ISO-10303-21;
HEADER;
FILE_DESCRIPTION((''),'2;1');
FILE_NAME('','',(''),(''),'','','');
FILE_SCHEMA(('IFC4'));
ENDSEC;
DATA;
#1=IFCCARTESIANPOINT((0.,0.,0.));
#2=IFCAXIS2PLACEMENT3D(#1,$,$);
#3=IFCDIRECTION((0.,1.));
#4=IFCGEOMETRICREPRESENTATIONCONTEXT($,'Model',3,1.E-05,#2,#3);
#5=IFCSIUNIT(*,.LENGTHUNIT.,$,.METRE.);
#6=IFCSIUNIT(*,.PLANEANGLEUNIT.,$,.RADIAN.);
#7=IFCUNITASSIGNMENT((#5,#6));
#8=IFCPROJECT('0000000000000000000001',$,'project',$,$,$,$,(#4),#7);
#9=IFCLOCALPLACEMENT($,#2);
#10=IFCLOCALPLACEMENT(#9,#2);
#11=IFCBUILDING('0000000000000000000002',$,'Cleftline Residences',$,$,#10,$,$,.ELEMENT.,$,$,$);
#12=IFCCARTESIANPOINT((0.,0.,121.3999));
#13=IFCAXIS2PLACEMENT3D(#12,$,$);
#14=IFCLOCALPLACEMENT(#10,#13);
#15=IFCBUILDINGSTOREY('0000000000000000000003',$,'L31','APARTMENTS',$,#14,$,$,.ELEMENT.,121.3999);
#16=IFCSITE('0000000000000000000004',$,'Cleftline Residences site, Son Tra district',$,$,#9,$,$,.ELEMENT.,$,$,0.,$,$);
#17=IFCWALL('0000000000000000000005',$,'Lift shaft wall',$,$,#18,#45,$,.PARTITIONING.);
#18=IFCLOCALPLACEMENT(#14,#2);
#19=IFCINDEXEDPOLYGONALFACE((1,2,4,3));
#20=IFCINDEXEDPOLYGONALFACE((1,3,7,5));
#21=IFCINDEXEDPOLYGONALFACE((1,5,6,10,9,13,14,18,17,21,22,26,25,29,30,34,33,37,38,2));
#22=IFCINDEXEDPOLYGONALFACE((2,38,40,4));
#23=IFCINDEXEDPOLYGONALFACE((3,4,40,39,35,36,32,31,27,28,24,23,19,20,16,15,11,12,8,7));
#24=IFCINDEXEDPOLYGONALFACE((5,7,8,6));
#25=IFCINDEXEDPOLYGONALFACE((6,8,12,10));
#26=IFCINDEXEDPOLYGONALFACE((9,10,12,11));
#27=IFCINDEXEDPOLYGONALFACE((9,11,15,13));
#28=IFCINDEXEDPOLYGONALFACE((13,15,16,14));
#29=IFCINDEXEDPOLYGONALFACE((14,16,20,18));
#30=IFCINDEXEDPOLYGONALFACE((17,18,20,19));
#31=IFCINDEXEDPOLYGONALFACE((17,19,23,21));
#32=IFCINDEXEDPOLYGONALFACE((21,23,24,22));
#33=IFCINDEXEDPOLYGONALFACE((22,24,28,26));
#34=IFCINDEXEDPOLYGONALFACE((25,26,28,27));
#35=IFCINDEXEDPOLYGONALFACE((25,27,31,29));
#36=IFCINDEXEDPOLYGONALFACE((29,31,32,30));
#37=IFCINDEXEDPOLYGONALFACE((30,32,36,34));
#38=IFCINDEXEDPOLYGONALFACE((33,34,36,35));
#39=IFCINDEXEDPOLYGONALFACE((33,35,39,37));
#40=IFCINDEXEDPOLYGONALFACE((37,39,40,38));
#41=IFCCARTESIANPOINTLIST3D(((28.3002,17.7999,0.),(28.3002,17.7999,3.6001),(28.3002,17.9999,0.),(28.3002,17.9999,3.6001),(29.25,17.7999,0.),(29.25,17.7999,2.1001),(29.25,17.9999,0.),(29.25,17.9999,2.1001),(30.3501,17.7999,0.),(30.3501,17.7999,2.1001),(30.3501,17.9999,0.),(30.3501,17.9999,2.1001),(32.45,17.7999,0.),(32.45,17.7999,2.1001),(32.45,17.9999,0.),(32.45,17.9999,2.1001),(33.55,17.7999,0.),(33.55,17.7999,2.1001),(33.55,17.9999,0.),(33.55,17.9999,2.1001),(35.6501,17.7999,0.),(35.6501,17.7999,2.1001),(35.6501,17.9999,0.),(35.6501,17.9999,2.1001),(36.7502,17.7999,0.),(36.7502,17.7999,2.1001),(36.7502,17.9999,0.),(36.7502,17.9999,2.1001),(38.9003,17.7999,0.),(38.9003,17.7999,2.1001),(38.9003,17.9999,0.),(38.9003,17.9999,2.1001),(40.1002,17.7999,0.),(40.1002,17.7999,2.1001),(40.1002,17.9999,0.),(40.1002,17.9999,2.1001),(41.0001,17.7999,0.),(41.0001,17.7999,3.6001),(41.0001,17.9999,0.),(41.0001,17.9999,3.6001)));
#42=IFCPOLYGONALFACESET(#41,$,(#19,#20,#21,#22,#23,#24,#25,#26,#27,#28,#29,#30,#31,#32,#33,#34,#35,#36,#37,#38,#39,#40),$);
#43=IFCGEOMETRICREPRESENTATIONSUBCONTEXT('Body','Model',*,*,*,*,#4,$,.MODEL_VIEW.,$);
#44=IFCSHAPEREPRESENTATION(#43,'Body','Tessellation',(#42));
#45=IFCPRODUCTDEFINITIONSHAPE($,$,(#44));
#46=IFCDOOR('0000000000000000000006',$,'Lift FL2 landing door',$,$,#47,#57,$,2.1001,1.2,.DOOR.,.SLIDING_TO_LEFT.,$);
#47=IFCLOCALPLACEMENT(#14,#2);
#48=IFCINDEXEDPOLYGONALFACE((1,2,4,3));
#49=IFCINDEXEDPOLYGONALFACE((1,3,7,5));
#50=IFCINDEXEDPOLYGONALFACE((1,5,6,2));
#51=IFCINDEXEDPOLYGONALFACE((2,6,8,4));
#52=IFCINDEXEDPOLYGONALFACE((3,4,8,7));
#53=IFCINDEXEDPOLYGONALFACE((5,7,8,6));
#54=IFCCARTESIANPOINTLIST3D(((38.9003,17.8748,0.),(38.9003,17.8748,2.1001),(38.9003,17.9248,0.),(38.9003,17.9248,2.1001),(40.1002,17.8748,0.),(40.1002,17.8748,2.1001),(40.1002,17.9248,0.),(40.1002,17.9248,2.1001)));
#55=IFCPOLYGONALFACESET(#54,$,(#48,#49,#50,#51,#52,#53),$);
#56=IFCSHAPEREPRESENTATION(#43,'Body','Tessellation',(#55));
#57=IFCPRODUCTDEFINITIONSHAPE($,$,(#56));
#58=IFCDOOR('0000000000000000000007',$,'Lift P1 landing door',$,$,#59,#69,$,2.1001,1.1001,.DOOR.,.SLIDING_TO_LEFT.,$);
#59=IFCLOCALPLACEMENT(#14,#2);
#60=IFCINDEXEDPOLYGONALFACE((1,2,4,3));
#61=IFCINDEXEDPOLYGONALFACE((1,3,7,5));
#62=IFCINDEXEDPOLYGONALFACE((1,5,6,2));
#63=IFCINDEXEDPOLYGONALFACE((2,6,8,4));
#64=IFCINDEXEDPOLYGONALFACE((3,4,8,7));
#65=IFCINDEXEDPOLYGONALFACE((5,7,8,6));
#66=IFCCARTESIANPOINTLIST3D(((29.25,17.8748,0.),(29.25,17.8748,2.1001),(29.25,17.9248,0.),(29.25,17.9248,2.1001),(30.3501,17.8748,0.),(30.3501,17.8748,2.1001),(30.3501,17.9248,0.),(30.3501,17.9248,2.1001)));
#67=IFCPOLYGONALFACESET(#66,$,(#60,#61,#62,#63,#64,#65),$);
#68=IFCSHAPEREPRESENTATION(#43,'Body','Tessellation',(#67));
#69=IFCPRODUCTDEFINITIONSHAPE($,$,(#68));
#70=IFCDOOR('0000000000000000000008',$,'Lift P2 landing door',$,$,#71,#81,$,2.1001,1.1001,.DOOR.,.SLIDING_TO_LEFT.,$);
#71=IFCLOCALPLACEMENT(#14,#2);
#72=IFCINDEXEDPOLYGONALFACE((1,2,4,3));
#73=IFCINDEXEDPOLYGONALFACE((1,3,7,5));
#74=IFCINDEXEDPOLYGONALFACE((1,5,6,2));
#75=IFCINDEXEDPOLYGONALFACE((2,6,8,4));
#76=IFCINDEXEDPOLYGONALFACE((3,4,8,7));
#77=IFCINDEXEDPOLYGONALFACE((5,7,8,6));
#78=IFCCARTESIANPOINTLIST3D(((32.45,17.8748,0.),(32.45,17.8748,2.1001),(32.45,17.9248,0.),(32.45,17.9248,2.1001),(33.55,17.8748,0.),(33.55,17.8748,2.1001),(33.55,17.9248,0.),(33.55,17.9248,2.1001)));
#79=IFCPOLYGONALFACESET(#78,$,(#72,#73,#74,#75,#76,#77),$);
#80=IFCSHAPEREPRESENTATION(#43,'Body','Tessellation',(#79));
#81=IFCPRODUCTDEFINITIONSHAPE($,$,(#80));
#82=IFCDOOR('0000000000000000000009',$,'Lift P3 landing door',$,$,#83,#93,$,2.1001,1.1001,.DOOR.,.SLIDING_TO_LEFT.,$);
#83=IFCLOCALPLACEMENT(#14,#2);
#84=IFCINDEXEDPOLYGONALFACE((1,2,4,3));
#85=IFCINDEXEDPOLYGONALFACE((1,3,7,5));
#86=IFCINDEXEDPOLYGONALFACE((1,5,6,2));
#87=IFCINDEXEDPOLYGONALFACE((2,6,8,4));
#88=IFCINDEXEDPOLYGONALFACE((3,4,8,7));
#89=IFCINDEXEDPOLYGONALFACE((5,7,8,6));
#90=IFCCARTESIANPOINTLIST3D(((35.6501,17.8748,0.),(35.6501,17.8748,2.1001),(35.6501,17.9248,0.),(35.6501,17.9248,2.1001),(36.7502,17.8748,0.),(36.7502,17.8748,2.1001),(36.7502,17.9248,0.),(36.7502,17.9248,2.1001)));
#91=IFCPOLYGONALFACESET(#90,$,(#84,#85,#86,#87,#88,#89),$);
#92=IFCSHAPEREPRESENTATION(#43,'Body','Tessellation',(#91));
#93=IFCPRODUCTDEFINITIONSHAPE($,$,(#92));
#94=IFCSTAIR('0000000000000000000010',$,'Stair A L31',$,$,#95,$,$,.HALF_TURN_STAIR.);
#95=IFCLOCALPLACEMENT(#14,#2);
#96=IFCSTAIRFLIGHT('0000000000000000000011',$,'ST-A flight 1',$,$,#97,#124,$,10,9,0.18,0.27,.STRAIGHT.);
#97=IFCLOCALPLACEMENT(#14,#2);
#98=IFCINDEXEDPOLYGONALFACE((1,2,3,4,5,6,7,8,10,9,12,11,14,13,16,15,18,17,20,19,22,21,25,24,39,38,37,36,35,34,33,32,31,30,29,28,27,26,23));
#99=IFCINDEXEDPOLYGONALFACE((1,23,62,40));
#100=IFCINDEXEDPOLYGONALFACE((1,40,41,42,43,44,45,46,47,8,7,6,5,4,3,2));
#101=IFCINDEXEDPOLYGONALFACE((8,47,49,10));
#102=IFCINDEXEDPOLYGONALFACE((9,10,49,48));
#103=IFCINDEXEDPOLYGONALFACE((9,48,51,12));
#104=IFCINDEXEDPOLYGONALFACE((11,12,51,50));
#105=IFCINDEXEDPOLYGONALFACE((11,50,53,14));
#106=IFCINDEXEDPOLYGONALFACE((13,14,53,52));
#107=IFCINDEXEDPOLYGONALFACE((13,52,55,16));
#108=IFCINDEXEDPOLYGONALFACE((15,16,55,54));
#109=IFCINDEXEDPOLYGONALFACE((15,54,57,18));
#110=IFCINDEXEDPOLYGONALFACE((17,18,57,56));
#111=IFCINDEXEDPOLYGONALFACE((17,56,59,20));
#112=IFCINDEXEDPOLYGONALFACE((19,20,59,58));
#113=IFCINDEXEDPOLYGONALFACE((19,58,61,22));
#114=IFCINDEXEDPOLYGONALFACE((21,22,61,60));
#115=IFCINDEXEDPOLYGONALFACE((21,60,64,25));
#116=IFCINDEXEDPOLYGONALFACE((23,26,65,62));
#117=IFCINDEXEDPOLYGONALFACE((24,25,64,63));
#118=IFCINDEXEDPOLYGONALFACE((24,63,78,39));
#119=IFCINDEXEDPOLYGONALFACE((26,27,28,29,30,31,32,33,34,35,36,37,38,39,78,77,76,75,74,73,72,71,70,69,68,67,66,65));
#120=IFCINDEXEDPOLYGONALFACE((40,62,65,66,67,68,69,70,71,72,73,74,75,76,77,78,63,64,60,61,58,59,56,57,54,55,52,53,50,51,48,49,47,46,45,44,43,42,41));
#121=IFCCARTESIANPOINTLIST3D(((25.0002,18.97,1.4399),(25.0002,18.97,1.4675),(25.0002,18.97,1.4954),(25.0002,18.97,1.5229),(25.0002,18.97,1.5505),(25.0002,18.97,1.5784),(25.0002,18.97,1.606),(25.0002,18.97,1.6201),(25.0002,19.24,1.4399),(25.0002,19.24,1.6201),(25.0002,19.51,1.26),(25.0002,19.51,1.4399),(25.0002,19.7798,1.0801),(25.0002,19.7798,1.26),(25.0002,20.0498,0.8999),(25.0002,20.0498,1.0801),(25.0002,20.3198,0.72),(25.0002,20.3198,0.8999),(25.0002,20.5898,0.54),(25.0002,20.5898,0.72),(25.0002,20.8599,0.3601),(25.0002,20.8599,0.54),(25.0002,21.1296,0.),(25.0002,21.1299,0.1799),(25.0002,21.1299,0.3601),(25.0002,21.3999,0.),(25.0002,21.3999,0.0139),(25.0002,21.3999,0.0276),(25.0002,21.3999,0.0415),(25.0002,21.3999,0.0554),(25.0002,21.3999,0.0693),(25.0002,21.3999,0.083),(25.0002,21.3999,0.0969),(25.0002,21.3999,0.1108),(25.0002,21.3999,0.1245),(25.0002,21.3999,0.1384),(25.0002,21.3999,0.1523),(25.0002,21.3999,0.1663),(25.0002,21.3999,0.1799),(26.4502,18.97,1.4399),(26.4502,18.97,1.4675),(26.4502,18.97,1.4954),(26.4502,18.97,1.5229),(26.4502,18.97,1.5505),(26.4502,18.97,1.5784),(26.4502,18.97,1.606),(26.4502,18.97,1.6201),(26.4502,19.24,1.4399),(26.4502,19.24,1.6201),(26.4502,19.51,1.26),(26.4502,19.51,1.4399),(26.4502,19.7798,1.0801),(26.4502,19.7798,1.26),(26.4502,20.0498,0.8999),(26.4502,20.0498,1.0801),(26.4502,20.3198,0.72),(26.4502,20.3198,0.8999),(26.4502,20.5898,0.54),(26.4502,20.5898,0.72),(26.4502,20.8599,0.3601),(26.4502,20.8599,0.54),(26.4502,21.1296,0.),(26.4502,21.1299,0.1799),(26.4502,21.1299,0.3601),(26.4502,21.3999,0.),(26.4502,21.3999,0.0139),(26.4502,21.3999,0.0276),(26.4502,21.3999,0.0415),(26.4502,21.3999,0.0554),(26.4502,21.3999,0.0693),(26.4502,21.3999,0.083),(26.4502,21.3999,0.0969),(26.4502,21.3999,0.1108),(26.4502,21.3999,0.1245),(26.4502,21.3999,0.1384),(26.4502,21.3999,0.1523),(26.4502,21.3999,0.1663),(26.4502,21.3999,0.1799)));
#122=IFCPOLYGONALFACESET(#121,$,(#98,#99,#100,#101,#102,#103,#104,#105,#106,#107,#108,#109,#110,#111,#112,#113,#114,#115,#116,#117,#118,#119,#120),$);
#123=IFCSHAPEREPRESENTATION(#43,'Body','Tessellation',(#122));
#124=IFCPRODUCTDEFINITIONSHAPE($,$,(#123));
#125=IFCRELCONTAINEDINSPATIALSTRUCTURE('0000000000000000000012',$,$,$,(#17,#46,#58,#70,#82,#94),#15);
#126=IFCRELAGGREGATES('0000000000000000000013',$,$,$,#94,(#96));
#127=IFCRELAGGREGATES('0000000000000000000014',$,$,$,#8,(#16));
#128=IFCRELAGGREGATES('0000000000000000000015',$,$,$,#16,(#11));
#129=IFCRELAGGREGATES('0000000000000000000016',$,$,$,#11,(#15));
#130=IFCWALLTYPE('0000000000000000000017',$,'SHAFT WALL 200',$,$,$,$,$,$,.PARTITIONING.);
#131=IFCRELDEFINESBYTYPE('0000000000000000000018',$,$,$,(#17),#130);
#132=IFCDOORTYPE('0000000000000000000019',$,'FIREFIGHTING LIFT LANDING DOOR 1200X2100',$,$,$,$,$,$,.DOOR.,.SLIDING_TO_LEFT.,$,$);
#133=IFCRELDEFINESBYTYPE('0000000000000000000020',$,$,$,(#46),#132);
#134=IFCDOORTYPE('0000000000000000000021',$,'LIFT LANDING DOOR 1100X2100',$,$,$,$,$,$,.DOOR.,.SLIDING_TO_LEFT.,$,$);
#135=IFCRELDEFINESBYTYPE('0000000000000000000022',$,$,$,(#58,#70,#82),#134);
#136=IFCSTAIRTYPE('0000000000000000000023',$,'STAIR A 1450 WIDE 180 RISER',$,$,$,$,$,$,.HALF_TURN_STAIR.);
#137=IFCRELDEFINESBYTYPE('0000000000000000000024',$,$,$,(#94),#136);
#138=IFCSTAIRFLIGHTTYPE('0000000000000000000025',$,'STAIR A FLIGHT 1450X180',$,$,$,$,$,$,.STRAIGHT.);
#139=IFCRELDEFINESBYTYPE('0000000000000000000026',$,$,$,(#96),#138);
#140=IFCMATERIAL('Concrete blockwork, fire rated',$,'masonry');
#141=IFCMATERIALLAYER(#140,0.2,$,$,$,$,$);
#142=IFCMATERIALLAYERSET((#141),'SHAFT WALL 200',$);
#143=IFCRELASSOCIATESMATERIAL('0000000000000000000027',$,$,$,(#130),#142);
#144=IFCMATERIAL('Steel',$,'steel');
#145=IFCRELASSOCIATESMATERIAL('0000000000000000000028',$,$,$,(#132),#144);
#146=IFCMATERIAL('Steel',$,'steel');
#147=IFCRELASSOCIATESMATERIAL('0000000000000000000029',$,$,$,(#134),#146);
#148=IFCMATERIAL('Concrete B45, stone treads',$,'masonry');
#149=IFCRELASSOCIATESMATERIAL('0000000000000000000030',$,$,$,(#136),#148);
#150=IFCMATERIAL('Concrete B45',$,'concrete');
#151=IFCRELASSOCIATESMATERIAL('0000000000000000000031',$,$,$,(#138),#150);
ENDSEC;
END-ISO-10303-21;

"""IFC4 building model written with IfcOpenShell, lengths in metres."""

from ifc_helpers import new_model, si_unit, direction, frame, frame_2d, origin, place, context, subcontext, project, spatial, polyline, rectangle, outline, extrude, material, layer, layer_set, type_object, element, fill, aggregate, save


model = new_model("IFC4")

# Units and contexts
model_context = context("Model", 3, precision=1e-05, world=origin(), true_north=direction((0.0, 1.0)))
body_context = subcontext(model_context, "Body", "Model", "MODEL_VIEW")
ifc_project = project(units=[si_unit("LENGTHUNIT", "METRE"), si_unit("PLANEANGLEUNIT", "RADIAN")], contexts=[model_context])

# Site, building, storey
site_placement = place(None, origin())
site = spatial("IfcSite", under=ifc_project, at=site_placement, Name="Cleftline Residences site, Son Tra district", CompositionType="ELEMENT", RefElevation=0.0)
building_placement = place(site_placement, origin())
building = spatial("IfcBuilding", under=site, at=building_placement, Name="Cleftline Residences", CompositionType="ELEMENT")
storey_placement = place(building_placement, frame((0.0, 0.0, 121.3999)))
storey = spatial("IfcBuildingStorey", under=building, at=storey_placement, Name="L31", Description="APARTMENTS", CompositionType="ELEMENT", Elevation=121.3999)

# Wall, openings, doors
ifc_material_1 = material(Name="Concrete blockwork, fire rated", Category="masonry")
ifc_layer_1 = layer(ifc_material_1, 0.2)
ifc_layer_set_1 = layer_set([ifc_layer_1], Name="SHAFT WALL 200")
wall_type_1 = type_object("IfcWallType", Name="SHAFT WALL 200", PredefinedType="PARTITIONING", material=ifc_layer_set_1)
wall_1_placement = place(storey_placement, frame((28.3, 17.8999, 0.0), z_axis=(0.0, 0.0, 1.0), x_axis=(1.0, 0.0, 0.0)))
wall_1 = element("IfcWall", 1, at=wall_1_placement, inside=storey, type_object=wall_type_1, Name="Lift shaft wall", PredefinedType="PARTITIONING", context=body_context, shape_type="SweptSolid", body=[
    extrude(rectangle(XDim=12.7, YDim=0.2, at=frame_2d((6.3501, 0.0))), origin(), (0.0, 0.0, 1.0), 3.6001),
])
opening_1_placement = place(wall_1_placement, frame((0.95, 0.0, 0.0)))
opening_1 = element("IfcOpeningElement", 2, at=opening_1_placement, cuts=wall_1, PredefinedType="OPENING", context=body_context, shape_type="SweptSolid", body=[
    extrude(rectangle(XDim=1.1001, YDim=2.1001, at=frame_2d((0.55, 1.05))), frame((0.0, 0.1099, 0.0), z_axis=(0.0, -1.0, 0.0), x_axis=(1.0, 0.0, 0.0)), (0.0, 0.0, 1.0), 0.22),
])
opening_2_placement = place(wall_1_placement, frame((4.1499, 0.0, 0.0)))
opening_2 = element("IfcOpeningElement", 3, at=opening_2_placement, cuts=wall_1, PredefinedType="OPENING", context=body_context, shape_type="SweptSolid", body=[
    extrude(rectangle(XDim=1.1001, YDim=2.1001, at=frame_2d((0.55, 1.05))), frame((0.0, 0.1099, 0.0), z_axis=(0.0, -1.0, 0.0), x_axis=(1.0, 0.0, 0.0)), (0.0, 0.0, 1.0), 0.22),
])
opening_3_placement = place(wall_1_placement, frame((7.3501, 0.0, 0.0)))
opening_3 = element("IfcOpeningElement", 4, at=opening_3_placement, cuts=wall_1, PredefinedType="OPENING", context=body_context, shape_type="SweptSolid", body=[
    extrude(rectangle(XDim=1.1001, YDim=2.1001, at=frame_2d((0.55, 1.05))), frame((0.0, 0.1099, 0.0), z_axis=(0.0, -1.0, 0.0), x_axis=(1.0, 0.0, 0.0)), (0.0, 0.0, 1.0), 0.22),
])
opening_4_placement = place(wall_1_placement, frame((10.6001, 0.0, 0.0)))
opening_4 = element("IfcOpeningElement", 5, at=opening_4_placement, cuts=wall_1, PredefinedType="OPENING", context=body_context, shape_type="SweptSolid", body=[
    extrude(rectangle(XDim=1.2, YDim=2.1001, at=frame_2d((0.6001, 1.05))), frame((0.0, 0.1099, 0.0), z_axis=(0.0, -1.0, 0.0), x_axis=(1.0, 0.0, 0.0)), (0.0, 0.0, 1.0), 0.22),
])
ifc_material_2 = material(Name="Steel", Category="steel")
door_type_1 = type_object("IfcDoorType", Name="FIREFIGHTING LIFT LANDING DOOR 1200X2100", OperationType="SLIDING_TO_LEFT", PredefinedType="DOOR", material=ifc_material_2)
door_1_placement = place(opening_4_placement, origin())
door_1 = element("IfcDoor", 6, at=door_1_placement, inside=storey, type_object=door_type_1, Name="Lift FL2 landing door", OperationType="SLIDING_TO_LEFT", OverallHeight=2.1001, OverallWidth=1.2, PredefinedType="DOOR", context=body_context, shape_type="SweptSolid", body=[
    extrude(rectangle(XDim=1.2, YDim=2.1001, at=frame_2d((0.6001, 1.05))), frame((0.0, 0.0249, 0.0), z_axis=(0.0, -1.0, 0.0), x_axis=(1.0, 0.0, 0.0)), (0.0, 0.0, 1.0), 0.05),
])
fill(opening_4, door_1)
ifc_material_3 = material(Name="Steel", Category="steel")
door_type_2 = type_object("IfcDoorType", Name="LIFT LANDING DOOR 1100X2100", OperationType="SLIDING_TO_LEFT", PredefinedType="DOOR", material=ifc_material_3)
door_2_placement = place(opening_1_placement, origin())
door_2 = element("IfcDoor", 7, at=door_2_placement, inside=storey, type_object=door_type_2, Name="Lift P1 landing door", OperationType="SLIDING_TO_LEFT", OverallHeight=2.1001, OverallWidth=1.1001, PredefinedType="DOOR", context=body_context, shape_type="SweptSolid", body=[
    extrude(rectangle(XDim=1.1001, YDim=2.1001, at=frame_2d((0.55, 1.05))), frame((0.0, 0.0249, 0.0), z_axis=(0.0, -1.0, 0.0), x_axis=(1.0, 0.0, 0.0)), (0.0, 0.0, 1.0), 0.05),
])
fill(opening_1, door_2)
door_3_placement = place(opening_2_placement, origin())
door_3 = element("IfcDoor", 8, at=door_3_placement, inside=storey, type_object=door_type_2, Name="Lift P2 landing door", OperationType="SLIDING_TO_LEFT", OverallHeight=2.1001, OverallWidth=1.1001, PredefinedType="DOOR", context=body_context, shape_type="SweptSolid", body=[
    extrude(rectangle(XDim=1.1001, YDim=2.1001, at=frame_2d((0.55, 1.05))), frame((0.0, 0.0249, 0.0), z_axis=(0.0, -1.0, 0.0), x_axis=(1.0, 0.0, 0.0)), (0.0, 0.0, 1.0), 0.05),
])
fill(opening_2, door_3)
door_4_placement = place(opening_3_placement, origin())
door_4 = element("IfcDoor", 9, at=door_4_placement, inside=storey, type_object=door_type_2, Name="Lift P3 landing door", OperationType="SLIDING_TO_LEFT", OverallHeight=2.1001, OverallWidth=1.1001, PredefinedType="DOOR", context=body_context, shape_type="SweptSolid", body=[
    extrude(rectangle(XDim=1.1001, YDim=2.1001, at=frame_2d((0.55, 1.05))), frame((0.0, 0.0249, 0.0), z_axis=(0.0, -1.0, 0.0), x_axis=(1.0, 0.0, 0.0)), (0.0, 0.0, 1.0), 0.05),
])
fill(opening_3, door_4)

# Stair, stair flight
ifc_material_4 = material(Name="Concrete B45, stone treads", Category="masonry")
stair_type = type_object("IfcStairType", Name="STAIR A 1450 WIDE 180 RISER", PredefinedType="HALF_TURN_STAIR", material=ifc_material_4)
stair_placement = place(storey_placement, origin())
stair = element("IfcStair", 10, at=stair_placement, inside=storey, type_object=stair_type, Name="Stair A L31", PredefinedType="HALF_TURN_STAIR")
ifc_material_5 = material(Name="Concrete B45", Category="concrete")
stair_flight_type = type_object("IfcStairFlightType", Name="STAIR A FLIGHT 1450X180", PredefinedType="STRAIGHT", material=ifc_material_5)
stair_flight_1_placement = place(storey_placement, frame((25.7251, 21.3999, 0.0), z_axis=(0.0, 0.0, 1.0), x_axis=(0.0, -1.0, 0.0)))
stair_flight_1 = element("IfcStairFlight", 11, at=stair_flight_1_placement, type_object=stair_flight_type, Name="ST-A flight 1", NumberOfRisers=10, NumberOfTreads=9, PredefinedType="STRAIGHT", RiserHeight=0.18, TreadLength=0.27, context=body_context, shape_type="SweptSolid", body=[
    extrude(outline(polyline([(0.0, 0.0), (0.0, 0.0139), (0.0, 0.0276), (0.0, 0.0415), (0.0, 0.0554), (0.0, 0.0693), (0.0, 0.083), (0.0, 0.0969), (0.0, 0.1108), (0.0, 0.1245), (0.0, 0.1384), (0.0, 0.1523), (0.0, 0.1663), (0.0, 0.1799), (0.27, 0.1799), (0.27, 0.3601), (0.54, 0.3601), (0.54, 0.54), (0.8101, 0.54), (0.8101, 0.72), (1.0801, 0.72), (1.0801, 0.8999), (1.3501, 0.8999), (1.3501, 1.0801), (1.6201, 1.0801), (1.6201, 1.26), (1.8899, 1.26), (1.8899, 1.4399), (2.1599, 1.4399), (2.1599, 1.6201), (2.4299, 1.6201), (2.4299, 1.8), (2.4299, 1.7722), (2.4299, 1.7446), (2.4299, 1.7168), (2.4299, 1.6892), (2.4299, 1.6614), (2.4299, 1.6338), (2.4299, 1.606), (2.4299, 1.5784), (2.4299, 1.5505), (2.4299, 1.5229), (2.4299, 1.4954), (2.4299, 1.4675), (2.4299, 1.4399), (0.2703, 0.0), (0.0, 0.0)])), frame((0.0, 0.7251, 0.0), z_axis=(0.0, -1.0, 0.0), x_axis=(1.0, 0.0, 0.0)), (0.0, 0.0, 1.0), 1.45),
])
aggregate(stair, [stair_flight_1])

save(model, "model.ifc")
